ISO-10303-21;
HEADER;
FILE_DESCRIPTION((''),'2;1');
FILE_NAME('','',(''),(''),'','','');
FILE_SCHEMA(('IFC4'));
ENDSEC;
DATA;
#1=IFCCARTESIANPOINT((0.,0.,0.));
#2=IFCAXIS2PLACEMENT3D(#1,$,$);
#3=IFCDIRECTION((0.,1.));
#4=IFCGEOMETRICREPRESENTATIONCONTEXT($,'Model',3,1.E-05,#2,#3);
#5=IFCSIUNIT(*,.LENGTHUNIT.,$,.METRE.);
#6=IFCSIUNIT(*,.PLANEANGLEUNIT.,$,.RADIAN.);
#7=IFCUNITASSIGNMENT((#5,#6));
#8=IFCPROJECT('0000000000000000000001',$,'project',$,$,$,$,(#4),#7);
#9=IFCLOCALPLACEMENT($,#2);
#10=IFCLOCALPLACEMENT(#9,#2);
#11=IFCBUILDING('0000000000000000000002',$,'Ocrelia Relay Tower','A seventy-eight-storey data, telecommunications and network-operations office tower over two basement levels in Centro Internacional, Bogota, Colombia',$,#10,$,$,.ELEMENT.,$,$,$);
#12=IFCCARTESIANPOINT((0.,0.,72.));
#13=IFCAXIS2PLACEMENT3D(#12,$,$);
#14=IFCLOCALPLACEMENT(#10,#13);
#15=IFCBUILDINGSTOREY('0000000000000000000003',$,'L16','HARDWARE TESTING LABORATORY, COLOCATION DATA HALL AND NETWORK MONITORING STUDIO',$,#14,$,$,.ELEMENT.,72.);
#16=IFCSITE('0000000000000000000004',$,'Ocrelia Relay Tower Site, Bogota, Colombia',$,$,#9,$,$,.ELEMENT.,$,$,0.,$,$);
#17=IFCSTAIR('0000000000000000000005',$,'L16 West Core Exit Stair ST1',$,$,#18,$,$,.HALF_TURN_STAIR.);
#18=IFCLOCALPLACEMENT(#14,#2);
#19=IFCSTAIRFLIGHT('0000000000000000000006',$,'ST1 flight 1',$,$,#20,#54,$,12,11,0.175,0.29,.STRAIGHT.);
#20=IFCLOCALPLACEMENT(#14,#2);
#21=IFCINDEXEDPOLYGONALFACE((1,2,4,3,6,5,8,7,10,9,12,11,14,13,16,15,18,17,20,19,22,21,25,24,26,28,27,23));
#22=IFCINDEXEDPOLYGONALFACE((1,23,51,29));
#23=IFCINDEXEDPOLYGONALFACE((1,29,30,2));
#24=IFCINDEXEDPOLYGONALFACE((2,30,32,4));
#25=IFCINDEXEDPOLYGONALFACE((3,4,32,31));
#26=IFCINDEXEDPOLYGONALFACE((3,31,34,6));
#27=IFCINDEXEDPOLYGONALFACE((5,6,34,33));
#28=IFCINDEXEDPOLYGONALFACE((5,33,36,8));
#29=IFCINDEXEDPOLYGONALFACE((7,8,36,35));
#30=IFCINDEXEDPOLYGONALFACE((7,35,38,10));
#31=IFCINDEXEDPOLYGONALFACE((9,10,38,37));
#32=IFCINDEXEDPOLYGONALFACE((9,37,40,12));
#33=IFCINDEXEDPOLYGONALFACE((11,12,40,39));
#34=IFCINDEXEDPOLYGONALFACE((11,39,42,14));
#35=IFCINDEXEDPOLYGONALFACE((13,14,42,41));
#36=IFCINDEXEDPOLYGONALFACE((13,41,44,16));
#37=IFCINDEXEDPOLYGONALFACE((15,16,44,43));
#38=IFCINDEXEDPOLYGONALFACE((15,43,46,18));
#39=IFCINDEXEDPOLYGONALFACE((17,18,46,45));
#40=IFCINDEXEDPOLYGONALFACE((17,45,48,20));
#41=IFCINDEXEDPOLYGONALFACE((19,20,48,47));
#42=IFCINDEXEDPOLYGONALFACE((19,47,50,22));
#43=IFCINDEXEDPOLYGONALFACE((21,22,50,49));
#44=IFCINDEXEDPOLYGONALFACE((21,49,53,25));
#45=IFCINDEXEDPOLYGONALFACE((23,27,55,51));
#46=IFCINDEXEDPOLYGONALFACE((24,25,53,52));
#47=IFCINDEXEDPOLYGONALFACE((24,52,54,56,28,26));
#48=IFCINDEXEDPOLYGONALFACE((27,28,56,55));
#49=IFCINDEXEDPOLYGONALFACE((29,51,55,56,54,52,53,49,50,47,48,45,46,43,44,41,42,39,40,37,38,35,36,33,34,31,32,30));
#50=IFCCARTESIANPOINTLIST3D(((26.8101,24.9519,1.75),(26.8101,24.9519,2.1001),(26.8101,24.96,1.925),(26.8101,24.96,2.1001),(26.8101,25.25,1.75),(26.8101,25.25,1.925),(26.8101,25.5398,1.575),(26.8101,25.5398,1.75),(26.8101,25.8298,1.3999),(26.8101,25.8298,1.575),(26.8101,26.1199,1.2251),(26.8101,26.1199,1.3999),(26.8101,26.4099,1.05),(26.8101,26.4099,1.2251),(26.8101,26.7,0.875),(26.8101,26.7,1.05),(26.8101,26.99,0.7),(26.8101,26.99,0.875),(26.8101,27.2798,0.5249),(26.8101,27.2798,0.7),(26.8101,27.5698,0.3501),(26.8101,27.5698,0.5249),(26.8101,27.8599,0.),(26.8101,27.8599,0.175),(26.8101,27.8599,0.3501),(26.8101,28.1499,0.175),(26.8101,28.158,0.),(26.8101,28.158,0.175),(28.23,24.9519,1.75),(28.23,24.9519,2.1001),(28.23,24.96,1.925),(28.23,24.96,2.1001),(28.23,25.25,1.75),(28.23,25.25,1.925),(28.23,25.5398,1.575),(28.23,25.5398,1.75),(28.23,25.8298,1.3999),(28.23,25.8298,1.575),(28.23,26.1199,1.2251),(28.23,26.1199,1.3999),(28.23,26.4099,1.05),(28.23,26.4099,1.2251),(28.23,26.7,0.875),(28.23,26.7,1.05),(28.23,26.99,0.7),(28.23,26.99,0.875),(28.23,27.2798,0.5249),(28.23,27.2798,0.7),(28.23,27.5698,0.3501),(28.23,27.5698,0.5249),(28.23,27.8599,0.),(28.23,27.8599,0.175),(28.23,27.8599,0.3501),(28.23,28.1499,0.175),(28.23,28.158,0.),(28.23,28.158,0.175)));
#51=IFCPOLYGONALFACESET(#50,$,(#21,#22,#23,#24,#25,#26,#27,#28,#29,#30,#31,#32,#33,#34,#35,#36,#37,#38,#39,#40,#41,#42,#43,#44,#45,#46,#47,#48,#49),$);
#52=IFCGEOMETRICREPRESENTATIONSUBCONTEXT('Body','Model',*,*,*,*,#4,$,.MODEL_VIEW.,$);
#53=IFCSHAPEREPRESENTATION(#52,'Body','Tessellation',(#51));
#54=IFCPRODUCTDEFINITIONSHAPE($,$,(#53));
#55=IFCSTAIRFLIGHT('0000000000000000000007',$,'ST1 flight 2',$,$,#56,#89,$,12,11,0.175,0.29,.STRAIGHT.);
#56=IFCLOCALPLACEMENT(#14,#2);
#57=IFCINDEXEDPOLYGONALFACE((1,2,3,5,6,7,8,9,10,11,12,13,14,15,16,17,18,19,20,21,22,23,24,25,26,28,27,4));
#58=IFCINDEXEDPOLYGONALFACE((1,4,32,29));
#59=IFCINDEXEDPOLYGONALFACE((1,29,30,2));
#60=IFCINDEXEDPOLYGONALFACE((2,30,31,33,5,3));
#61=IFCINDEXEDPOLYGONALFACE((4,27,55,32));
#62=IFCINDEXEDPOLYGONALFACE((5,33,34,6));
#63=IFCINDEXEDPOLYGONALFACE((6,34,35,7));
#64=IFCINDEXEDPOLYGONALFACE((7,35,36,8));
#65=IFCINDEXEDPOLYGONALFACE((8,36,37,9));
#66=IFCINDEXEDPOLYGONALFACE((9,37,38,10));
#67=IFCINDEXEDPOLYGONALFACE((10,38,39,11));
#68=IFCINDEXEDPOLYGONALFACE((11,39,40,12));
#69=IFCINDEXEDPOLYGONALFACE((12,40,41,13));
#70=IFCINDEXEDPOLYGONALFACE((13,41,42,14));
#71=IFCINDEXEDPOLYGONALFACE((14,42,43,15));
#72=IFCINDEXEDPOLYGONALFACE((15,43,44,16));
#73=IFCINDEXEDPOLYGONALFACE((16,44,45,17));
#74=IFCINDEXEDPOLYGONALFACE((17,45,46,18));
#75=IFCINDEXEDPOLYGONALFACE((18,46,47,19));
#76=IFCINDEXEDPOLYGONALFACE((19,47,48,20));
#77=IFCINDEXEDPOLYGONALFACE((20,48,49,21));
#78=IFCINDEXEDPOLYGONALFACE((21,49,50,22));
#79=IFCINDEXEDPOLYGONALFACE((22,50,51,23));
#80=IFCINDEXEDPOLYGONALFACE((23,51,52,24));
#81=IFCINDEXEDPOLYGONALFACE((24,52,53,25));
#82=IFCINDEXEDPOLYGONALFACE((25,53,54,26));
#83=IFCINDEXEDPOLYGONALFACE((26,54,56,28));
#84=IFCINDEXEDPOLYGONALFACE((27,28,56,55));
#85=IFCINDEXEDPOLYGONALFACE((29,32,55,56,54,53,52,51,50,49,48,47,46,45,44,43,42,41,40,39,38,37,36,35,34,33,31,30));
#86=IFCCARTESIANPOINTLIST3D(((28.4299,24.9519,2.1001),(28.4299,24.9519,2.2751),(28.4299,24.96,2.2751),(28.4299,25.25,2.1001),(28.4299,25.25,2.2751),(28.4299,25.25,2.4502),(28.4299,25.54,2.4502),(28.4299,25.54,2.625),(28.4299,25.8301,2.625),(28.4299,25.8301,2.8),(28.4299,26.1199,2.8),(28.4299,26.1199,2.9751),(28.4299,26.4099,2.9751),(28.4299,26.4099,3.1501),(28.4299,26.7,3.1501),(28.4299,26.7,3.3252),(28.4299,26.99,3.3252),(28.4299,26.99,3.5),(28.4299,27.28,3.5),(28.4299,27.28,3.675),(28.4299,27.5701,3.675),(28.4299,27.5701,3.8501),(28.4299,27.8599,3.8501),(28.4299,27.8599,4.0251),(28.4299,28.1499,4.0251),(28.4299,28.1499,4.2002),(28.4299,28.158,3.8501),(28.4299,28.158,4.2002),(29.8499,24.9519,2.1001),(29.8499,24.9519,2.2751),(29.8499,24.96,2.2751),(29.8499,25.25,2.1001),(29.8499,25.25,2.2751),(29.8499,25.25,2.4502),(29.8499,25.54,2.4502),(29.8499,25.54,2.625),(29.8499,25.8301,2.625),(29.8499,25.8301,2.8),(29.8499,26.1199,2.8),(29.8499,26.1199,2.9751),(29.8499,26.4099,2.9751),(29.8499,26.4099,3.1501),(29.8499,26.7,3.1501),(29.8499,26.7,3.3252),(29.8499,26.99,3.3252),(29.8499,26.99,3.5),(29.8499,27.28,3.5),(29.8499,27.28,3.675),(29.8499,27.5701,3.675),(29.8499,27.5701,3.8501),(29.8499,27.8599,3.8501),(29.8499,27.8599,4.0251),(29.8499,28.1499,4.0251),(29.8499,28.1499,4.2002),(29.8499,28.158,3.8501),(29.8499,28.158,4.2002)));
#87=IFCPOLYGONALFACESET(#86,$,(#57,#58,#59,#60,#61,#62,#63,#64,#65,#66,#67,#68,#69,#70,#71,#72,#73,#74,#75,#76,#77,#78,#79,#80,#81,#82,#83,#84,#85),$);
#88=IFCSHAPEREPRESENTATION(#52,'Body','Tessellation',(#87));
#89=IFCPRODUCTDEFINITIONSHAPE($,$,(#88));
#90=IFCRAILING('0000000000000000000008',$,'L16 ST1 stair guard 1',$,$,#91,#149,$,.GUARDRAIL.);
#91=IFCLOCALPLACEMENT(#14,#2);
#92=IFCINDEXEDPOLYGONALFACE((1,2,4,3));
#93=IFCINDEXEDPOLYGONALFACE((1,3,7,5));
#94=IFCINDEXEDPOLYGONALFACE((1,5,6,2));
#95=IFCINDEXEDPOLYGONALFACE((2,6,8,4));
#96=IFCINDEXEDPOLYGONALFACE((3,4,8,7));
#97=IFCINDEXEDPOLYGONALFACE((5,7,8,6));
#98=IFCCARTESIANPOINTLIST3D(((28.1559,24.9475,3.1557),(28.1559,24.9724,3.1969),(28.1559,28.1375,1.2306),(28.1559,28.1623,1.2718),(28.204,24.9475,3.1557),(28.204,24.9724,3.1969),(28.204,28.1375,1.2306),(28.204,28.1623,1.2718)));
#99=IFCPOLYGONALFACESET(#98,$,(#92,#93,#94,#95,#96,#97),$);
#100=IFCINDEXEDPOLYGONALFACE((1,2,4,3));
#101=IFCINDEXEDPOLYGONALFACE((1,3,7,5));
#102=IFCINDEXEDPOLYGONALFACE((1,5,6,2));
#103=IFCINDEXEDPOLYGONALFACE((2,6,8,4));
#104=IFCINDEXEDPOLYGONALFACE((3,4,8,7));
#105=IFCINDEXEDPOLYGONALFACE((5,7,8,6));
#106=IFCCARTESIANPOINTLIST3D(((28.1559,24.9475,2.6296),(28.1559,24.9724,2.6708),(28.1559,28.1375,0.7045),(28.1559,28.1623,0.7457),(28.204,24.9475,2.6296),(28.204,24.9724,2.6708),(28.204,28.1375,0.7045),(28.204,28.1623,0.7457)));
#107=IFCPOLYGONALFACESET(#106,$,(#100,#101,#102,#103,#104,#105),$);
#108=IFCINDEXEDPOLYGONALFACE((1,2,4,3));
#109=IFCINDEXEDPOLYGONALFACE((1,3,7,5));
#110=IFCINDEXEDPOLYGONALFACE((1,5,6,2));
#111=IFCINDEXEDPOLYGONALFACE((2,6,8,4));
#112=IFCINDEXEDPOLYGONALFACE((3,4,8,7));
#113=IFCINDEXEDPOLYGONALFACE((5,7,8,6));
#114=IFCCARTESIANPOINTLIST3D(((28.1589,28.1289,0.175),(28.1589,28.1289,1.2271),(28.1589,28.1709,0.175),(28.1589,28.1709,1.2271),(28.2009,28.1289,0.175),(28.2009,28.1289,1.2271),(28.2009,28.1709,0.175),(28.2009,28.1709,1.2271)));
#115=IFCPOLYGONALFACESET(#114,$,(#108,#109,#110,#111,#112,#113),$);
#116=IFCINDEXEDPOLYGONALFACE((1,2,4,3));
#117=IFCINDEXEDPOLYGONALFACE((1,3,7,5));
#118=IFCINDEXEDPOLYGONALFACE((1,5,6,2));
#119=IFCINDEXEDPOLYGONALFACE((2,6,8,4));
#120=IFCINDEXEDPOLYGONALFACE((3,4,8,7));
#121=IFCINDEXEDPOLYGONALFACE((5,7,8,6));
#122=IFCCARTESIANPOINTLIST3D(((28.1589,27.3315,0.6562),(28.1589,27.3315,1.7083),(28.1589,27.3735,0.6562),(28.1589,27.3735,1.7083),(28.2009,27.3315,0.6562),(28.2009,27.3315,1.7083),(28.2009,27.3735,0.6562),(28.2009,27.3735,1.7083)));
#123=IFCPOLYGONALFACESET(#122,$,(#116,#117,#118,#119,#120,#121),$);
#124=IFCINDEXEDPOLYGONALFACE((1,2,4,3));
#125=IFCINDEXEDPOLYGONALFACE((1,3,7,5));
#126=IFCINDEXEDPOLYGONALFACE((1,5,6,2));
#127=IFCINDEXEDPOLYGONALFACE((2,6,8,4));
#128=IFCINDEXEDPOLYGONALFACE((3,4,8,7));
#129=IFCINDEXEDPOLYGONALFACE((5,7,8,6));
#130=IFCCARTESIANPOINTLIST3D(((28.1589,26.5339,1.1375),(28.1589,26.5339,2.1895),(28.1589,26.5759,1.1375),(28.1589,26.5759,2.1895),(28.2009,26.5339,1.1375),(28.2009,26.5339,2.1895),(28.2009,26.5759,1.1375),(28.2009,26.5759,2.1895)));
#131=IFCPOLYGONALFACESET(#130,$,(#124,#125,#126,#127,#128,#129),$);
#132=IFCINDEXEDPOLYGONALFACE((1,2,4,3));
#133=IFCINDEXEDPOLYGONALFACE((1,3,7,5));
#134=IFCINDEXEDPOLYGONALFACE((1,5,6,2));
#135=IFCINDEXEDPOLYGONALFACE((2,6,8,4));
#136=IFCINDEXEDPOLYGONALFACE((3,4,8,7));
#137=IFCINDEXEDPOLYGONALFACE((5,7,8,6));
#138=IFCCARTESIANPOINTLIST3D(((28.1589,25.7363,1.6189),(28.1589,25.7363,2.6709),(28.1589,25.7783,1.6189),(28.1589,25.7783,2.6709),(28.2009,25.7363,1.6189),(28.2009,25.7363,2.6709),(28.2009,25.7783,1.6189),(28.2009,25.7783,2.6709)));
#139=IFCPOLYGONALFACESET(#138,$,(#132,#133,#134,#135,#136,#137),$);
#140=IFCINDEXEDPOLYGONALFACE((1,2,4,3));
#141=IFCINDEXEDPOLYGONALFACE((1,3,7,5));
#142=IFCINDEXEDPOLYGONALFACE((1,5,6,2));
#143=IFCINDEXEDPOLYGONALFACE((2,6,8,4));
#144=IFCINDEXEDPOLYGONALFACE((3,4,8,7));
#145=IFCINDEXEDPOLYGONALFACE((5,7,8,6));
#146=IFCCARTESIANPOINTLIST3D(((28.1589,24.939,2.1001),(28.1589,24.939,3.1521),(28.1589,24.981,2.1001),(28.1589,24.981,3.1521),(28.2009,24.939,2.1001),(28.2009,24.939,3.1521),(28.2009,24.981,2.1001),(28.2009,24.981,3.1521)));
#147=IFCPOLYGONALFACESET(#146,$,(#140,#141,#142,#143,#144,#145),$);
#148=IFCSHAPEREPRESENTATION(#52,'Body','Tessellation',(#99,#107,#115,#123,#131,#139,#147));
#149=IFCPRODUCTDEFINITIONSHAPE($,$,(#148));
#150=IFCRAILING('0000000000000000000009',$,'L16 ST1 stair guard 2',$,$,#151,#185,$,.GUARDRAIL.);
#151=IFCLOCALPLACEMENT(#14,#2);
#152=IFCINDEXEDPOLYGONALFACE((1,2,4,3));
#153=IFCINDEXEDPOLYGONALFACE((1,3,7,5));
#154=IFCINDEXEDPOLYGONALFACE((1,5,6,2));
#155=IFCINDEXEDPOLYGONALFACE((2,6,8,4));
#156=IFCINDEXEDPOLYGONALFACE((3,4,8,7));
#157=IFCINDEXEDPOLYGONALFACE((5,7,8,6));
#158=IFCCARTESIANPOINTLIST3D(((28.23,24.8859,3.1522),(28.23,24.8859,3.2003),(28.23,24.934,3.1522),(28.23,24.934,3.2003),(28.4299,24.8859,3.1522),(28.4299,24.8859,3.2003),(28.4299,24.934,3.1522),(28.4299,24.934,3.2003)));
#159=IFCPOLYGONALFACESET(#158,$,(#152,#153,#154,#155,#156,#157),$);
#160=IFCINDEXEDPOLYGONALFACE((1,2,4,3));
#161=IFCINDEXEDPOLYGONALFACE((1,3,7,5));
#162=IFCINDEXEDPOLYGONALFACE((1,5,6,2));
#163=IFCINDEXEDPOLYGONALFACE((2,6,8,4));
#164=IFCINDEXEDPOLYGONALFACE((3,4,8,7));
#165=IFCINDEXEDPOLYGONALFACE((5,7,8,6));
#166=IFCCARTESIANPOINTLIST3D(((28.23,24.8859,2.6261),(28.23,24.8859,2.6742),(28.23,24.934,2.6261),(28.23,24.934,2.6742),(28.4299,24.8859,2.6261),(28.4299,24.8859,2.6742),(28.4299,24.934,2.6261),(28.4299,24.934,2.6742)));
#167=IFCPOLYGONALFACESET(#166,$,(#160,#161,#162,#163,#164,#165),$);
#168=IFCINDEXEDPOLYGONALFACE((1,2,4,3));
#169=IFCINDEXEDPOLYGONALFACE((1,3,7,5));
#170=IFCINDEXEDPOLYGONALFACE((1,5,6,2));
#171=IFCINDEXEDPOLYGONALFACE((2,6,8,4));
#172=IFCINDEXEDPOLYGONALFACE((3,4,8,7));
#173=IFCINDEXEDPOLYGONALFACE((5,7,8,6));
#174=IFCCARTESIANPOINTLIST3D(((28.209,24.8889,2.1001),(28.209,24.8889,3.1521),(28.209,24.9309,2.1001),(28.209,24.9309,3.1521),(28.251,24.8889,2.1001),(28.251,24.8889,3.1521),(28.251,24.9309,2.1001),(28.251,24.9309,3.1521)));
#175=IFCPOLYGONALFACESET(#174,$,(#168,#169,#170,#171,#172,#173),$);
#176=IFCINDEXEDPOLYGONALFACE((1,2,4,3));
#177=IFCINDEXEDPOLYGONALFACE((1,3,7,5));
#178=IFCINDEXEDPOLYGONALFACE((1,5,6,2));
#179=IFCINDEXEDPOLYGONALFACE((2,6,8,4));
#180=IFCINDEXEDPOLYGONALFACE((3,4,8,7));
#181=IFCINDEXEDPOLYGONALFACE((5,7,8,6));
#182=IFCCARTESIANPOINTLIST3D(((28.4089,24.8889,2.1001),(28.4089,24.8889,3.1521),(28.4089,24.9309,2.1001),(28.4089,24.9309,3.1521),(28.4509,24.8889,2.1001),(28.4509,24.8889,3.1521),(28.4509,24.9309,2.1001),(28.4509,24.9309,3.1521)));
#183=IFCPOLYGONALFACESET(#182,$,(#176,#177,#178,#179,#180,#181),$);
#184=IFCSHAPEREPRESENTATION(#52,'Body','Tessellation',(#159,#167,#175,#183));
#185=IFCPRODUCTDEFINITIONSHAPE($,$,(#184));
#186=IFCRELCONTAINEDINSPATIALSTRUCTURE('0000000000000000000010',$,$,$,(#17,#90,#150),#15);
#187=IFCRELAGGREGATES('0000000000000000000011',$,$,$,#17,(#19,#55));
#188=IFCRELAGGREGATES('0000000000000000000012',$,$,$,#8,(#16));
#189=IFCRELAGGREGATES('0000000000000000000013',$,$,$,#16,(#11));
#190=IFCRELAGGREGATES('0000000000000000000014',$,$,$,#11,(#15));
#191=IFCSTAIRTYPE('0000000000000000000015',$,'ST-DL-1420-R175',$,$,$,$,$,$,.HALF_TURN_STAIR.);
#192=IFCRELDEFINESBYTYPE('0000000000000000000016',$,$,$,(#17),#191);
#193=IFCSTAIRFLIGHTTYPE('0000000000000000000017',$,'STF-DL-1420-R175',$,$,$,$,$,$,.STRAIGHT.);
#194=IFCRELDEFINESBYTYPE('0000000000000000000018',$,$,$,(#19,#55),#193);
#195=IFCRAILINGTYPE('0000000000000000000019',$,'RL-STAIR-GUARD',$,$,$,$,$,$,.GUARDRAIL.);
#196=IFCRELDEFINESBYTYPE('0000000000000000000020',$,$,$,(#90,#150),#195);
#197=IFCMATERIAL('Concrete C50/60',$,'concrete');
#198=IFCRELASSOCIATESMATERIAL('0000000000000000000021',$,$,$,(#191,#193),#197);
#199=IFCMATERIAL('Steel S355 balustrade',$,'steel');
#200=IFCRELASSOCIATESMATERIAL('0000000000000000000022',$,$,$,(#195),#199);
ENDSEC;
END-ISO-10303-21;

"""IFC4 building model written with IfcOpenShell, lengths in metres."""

from ifc_helpers import new_model, si_unit, direction, frame, origin, origin_2d, place, context, subcontext, project, spatial, polyline, rectangle, outline, extrude, material, type_object, element, aggregate, save


model = new_model("IFC4")

# Units and contexts
model_context = context("Model", 3, precision=1e-05, world=origin(), true_north=direction((0.0, 1.0)))
body_context = subcontext(model_context, "Body", "Model", "MODEL_VIEW")
ifc_project = project(units=[si_unit("LENGTHUNIT", "METRE"), si_unit("PLANEANGLEUNIT", "RADIAN")], contexts=[model_context])

# Site, building, storey
site_placement = place(None, origin())
site = spatial("IfcSite", under=ifc_project, at=site_placement, Name="Ocrelia Relay Tower Site, Bogota, Colombia", CompositionType="ELEMENT", RefElevation=0.0)
building_placement = place(site_placement, origin())
building = spatial("IfcBuilding", under=site, at=building_placement, Name="Ocrelia Relay Tower", Description="A seventy-eight-storey data, telecommunications and network-operations office tower over two basement levels in Centro Internacional, Bogota, Colombia", CompositionType="ELEMENT")
storey_placement = place(building_placement, frame((0.0, 0.0, 72.0)))
storey = spatial("IfcBuildingStorey", under=building, at=storey_placement, Name="L16", Description="HARDWARE TESTING LABORATORY, COLOCATION DATA HALL AND NETWORK MONITORING STUDIO", CompositionType="ELEMENT", Elevation=72.0)

# Shared definitions
ifc_material_1 = material(Name="Concrete C50/60", Category="concrete")

# Stair, stair flights
stair_type = type_object("IfcStairType", Name="ST-DL-1420-R175", PredefinedType="HALF_TURN_STAIR", material=ifc_material_1)
stair_placement = place(storey_placement, origin())
stair = element("IfcStair", 1, at=stair_placement, inside=storey, type_object=stair_type, Name="L16 West Core Exit Stair ST1", PredefinedType="HALF_TURN_STAIR")
stair_flight_type = type_object("IfcStairFlightType", Name="STF-DL-1420-R175", PredefinedType="STRAIGHT", material=ifc_material_1)
stair_flight_1_placement = place(storey_placement, frame((27.52, 28.1499, 0.0), z_axis=(0.0, 0.0, 1.0), x_axis=(0.0, -1.0, 0.0)))
stair_flight_1 = element("IfcStairFlight", 2, at=stair_flight_1_placement, type_object=stair_flight_type, Name="ST1 flight 1", NumberOfRisers=12, NumberOfTreads=11, PredefinedType="STRAIGHT", RiserHeight=0.175, TreadLength=0.29, context=body_context, shape_type="SweptSolid", body=[
    extrude(outline(polyline([(-0.0081, 0.0), (-0.0081, 0.175), (0.0, 0.175), (0.29, 0.175), (0.29, 0.3501), (0.5801, 0.3501), (0.5801, 0.5249), (0.8701, 0.5249), (0.8701, 0.7), (1.1599, 0.7), (1.1599, 0.875), (1.45, 0.875), (1.45, 1.05), (1.74, 1.05), (1.74, 1.2251), (2.03, 1.2251), (2.03, 1.3999), (2.3201, 1.3999), (2.3201, 1.575), (2.6101, 1.575), (2.6101, 1.75), (2.8999, 1.75), (2.8999, 1.925), (3.1899, 1.925), (3.1899, 2.1001), (3.198, 2.1001), (3.198, 1.75), (0.29, 0.0), (-0.0081, 0.0)])), frame((0.0, 0.71, 0.0), z_axis=(0.0, -1.0, 0.0), x_axis=(1.0, 0.0, 0.0)), (0.0, 0.0, 1.0), 1.4199),
])
stair_flight_2_placement = place(storey_placement, frame((29.1399, 24.96, 2.1001), z_axis=(0.0, 0.0, 1.0), x_axis=(0.0, 1.0, 0.0)))
stair_flight_2 = element("IfcStairFlight", 3, at=stair_flight_2_placement, type_object=stair_flight_type, Name="ST1 flight 2", NumberOfRisers=12, NumberOfTreads=11, PredefinedType="STRAIGHT", RiserHeight=0.175, TreadLength=0.29, context=body_context, shape_type="SweptSolid", body=[
    extrude(outline(polyline([(-0.0081, 0.0), (-0.0081, 0.175), (0.0, 0.175), (0.29, 0.175), (0.29, 0.3501), (0.5801, 0.3501), (0.5801, 0.5249), (0.8701, 0.5249), (0.8701, 0.7), (1.1599, 0.7), (1.1599, 0.875), (1.45, 0.875), (1.45, 1.05), (1.74, 1.05), (1.74, 1.2251), (2.03, 1.2251), (2.03, 1.3999), (2.3201, 1.3999), (2.3201, 1.575), (2.6101, 1.575), (2.6101, 1.75), (2.8999, 1.75), (2.8999, 1.925), (3.1899, 1.925), (3.1899, 2.1001), (3.198, 2.1001), (3.198, 1.75), (0.29, 0.0), (-0.0081, 0.0)])), frame((0.0, 0.71, 0.0), z_axis=(0.0, -1.0, 0.0), x_axis=(1.0, 0.0, 0.0)), (0.0, 0.0, 1.0), 1.4199),
])
aggregate(stair, [stair_flight_1, stair_flight_2])

# Railings
ifc_material_2 = material(Name="Steel S355 balustrade", Category="steel")
railing_type_1 = type_object("IfcRailingType", Name="RL-STAIR-GUARD", PredefinedType="GUARDRAIL", material=ifc_material_2)
railing_1_placement = place(storey_placement, frame((28.1799, 28.1499, 0.175)))
element("IfcRailing", 4, at=railing_1_placement, inside=storey, type_object=railing_type_1, Name="L16 ST1 stair guard 1", PredefinedType="GUARDRAIL", context=body_context, shape_type="SweptSolid", body=[
    extrude(rectangle(XDim=0.0481, YDim=0.0481, at=origin_2d()), frame((0.0, 0.0, 1.0762), z_axis=(0.0, -0.856178, 0.516682), x_axis=(1.0, 0.0, 0.0)), (0.0, 0.0, 1.0), 3.7258),
    extrude(rectangle(XDim=0.0481, YDim=0.0481, at=origin_2d()), frame((0.0, 0.0, 0.55), z_axis=(0.0, -0.856178, 0.516682), x_axis=(1.0, 0.0, 0.0)), (0.0, 0.0, 1.0), 3.7258),
    extrude(rectangle(XDim=0.042, YDim=0.042, at=origin_2d()), origin(), (0.0, 0.0, 1.0), 1.052),
    extrude(rectangle(XDim=0.042, YDim=0.042, at=origin_2d()), frame((0.0, -0.7974, 0.4812)), (0.0, 0.0, 1.0), 1.052),
    extrude(rectangle(XDim=0.042, YDim=0.042, at=origin_2d()), frame((0.0, -1.595, 0.9624)), (0.0, 0.0, 1.0), 1.052),
    extrude(rectangle(XDim=0.042, YDim=0.042, at=origin_2d()), frame((0.0, -2.3926, 1.4438)), (0.0, 0.0, 1.0), 1.052),
    extrude(rectangle(XDim=0.042, YDim=0.042, at=origin_2d()), frame((0.0, -3.1899, 1.925)), (0.0, 0.0, 1.0), 1.052),
])
railing_2_placement = place(storey_placement, frame((28.23, 24.9099, 2.1001)))
element("IfcRailing", 5, at=railing_2_placement, inside=storey, type_object=railing_type_1, Name="L16 ST1 stair guard 2", PredefinedType="GUARDRAIL", context=body_context, shape_type="SweptSolid", body=[
    extrude(rectangle(XDim=0.0481, YDim=0.0481, at=origin_2d()), frame((0.0, 0.0, 1.0762), z_axis=(1.0, 0.0, 0.0), x_axis=(0.0, 1.0, 0.0)), (0.0, 0.0, 1.0), 0.2),
    extrude(rectangle(XDim=0.0481, YDim=0.0481, at=origin_2d()), frame((0.0, 0.0, 0.55), z_axis=(1.0, 0.0, 0.0), x_axis=(0.0, 1.0, 0.0)), (0.0, 0.0, 1.0), 0.2),
    extrude(rectangle(XDim=0.042, YDim=0.042, at=origin_2d()), origin(), (0.0, 0.0, 1.0), 1.052),
    extrude(rectangle(XDim=0.042, YDim=0.042, at=origin_2d()), frame((0.2, 0.0, 0.0)), (0.0, 0.0, 1.0), 1.052),
])

save(model, "model.ifc")
